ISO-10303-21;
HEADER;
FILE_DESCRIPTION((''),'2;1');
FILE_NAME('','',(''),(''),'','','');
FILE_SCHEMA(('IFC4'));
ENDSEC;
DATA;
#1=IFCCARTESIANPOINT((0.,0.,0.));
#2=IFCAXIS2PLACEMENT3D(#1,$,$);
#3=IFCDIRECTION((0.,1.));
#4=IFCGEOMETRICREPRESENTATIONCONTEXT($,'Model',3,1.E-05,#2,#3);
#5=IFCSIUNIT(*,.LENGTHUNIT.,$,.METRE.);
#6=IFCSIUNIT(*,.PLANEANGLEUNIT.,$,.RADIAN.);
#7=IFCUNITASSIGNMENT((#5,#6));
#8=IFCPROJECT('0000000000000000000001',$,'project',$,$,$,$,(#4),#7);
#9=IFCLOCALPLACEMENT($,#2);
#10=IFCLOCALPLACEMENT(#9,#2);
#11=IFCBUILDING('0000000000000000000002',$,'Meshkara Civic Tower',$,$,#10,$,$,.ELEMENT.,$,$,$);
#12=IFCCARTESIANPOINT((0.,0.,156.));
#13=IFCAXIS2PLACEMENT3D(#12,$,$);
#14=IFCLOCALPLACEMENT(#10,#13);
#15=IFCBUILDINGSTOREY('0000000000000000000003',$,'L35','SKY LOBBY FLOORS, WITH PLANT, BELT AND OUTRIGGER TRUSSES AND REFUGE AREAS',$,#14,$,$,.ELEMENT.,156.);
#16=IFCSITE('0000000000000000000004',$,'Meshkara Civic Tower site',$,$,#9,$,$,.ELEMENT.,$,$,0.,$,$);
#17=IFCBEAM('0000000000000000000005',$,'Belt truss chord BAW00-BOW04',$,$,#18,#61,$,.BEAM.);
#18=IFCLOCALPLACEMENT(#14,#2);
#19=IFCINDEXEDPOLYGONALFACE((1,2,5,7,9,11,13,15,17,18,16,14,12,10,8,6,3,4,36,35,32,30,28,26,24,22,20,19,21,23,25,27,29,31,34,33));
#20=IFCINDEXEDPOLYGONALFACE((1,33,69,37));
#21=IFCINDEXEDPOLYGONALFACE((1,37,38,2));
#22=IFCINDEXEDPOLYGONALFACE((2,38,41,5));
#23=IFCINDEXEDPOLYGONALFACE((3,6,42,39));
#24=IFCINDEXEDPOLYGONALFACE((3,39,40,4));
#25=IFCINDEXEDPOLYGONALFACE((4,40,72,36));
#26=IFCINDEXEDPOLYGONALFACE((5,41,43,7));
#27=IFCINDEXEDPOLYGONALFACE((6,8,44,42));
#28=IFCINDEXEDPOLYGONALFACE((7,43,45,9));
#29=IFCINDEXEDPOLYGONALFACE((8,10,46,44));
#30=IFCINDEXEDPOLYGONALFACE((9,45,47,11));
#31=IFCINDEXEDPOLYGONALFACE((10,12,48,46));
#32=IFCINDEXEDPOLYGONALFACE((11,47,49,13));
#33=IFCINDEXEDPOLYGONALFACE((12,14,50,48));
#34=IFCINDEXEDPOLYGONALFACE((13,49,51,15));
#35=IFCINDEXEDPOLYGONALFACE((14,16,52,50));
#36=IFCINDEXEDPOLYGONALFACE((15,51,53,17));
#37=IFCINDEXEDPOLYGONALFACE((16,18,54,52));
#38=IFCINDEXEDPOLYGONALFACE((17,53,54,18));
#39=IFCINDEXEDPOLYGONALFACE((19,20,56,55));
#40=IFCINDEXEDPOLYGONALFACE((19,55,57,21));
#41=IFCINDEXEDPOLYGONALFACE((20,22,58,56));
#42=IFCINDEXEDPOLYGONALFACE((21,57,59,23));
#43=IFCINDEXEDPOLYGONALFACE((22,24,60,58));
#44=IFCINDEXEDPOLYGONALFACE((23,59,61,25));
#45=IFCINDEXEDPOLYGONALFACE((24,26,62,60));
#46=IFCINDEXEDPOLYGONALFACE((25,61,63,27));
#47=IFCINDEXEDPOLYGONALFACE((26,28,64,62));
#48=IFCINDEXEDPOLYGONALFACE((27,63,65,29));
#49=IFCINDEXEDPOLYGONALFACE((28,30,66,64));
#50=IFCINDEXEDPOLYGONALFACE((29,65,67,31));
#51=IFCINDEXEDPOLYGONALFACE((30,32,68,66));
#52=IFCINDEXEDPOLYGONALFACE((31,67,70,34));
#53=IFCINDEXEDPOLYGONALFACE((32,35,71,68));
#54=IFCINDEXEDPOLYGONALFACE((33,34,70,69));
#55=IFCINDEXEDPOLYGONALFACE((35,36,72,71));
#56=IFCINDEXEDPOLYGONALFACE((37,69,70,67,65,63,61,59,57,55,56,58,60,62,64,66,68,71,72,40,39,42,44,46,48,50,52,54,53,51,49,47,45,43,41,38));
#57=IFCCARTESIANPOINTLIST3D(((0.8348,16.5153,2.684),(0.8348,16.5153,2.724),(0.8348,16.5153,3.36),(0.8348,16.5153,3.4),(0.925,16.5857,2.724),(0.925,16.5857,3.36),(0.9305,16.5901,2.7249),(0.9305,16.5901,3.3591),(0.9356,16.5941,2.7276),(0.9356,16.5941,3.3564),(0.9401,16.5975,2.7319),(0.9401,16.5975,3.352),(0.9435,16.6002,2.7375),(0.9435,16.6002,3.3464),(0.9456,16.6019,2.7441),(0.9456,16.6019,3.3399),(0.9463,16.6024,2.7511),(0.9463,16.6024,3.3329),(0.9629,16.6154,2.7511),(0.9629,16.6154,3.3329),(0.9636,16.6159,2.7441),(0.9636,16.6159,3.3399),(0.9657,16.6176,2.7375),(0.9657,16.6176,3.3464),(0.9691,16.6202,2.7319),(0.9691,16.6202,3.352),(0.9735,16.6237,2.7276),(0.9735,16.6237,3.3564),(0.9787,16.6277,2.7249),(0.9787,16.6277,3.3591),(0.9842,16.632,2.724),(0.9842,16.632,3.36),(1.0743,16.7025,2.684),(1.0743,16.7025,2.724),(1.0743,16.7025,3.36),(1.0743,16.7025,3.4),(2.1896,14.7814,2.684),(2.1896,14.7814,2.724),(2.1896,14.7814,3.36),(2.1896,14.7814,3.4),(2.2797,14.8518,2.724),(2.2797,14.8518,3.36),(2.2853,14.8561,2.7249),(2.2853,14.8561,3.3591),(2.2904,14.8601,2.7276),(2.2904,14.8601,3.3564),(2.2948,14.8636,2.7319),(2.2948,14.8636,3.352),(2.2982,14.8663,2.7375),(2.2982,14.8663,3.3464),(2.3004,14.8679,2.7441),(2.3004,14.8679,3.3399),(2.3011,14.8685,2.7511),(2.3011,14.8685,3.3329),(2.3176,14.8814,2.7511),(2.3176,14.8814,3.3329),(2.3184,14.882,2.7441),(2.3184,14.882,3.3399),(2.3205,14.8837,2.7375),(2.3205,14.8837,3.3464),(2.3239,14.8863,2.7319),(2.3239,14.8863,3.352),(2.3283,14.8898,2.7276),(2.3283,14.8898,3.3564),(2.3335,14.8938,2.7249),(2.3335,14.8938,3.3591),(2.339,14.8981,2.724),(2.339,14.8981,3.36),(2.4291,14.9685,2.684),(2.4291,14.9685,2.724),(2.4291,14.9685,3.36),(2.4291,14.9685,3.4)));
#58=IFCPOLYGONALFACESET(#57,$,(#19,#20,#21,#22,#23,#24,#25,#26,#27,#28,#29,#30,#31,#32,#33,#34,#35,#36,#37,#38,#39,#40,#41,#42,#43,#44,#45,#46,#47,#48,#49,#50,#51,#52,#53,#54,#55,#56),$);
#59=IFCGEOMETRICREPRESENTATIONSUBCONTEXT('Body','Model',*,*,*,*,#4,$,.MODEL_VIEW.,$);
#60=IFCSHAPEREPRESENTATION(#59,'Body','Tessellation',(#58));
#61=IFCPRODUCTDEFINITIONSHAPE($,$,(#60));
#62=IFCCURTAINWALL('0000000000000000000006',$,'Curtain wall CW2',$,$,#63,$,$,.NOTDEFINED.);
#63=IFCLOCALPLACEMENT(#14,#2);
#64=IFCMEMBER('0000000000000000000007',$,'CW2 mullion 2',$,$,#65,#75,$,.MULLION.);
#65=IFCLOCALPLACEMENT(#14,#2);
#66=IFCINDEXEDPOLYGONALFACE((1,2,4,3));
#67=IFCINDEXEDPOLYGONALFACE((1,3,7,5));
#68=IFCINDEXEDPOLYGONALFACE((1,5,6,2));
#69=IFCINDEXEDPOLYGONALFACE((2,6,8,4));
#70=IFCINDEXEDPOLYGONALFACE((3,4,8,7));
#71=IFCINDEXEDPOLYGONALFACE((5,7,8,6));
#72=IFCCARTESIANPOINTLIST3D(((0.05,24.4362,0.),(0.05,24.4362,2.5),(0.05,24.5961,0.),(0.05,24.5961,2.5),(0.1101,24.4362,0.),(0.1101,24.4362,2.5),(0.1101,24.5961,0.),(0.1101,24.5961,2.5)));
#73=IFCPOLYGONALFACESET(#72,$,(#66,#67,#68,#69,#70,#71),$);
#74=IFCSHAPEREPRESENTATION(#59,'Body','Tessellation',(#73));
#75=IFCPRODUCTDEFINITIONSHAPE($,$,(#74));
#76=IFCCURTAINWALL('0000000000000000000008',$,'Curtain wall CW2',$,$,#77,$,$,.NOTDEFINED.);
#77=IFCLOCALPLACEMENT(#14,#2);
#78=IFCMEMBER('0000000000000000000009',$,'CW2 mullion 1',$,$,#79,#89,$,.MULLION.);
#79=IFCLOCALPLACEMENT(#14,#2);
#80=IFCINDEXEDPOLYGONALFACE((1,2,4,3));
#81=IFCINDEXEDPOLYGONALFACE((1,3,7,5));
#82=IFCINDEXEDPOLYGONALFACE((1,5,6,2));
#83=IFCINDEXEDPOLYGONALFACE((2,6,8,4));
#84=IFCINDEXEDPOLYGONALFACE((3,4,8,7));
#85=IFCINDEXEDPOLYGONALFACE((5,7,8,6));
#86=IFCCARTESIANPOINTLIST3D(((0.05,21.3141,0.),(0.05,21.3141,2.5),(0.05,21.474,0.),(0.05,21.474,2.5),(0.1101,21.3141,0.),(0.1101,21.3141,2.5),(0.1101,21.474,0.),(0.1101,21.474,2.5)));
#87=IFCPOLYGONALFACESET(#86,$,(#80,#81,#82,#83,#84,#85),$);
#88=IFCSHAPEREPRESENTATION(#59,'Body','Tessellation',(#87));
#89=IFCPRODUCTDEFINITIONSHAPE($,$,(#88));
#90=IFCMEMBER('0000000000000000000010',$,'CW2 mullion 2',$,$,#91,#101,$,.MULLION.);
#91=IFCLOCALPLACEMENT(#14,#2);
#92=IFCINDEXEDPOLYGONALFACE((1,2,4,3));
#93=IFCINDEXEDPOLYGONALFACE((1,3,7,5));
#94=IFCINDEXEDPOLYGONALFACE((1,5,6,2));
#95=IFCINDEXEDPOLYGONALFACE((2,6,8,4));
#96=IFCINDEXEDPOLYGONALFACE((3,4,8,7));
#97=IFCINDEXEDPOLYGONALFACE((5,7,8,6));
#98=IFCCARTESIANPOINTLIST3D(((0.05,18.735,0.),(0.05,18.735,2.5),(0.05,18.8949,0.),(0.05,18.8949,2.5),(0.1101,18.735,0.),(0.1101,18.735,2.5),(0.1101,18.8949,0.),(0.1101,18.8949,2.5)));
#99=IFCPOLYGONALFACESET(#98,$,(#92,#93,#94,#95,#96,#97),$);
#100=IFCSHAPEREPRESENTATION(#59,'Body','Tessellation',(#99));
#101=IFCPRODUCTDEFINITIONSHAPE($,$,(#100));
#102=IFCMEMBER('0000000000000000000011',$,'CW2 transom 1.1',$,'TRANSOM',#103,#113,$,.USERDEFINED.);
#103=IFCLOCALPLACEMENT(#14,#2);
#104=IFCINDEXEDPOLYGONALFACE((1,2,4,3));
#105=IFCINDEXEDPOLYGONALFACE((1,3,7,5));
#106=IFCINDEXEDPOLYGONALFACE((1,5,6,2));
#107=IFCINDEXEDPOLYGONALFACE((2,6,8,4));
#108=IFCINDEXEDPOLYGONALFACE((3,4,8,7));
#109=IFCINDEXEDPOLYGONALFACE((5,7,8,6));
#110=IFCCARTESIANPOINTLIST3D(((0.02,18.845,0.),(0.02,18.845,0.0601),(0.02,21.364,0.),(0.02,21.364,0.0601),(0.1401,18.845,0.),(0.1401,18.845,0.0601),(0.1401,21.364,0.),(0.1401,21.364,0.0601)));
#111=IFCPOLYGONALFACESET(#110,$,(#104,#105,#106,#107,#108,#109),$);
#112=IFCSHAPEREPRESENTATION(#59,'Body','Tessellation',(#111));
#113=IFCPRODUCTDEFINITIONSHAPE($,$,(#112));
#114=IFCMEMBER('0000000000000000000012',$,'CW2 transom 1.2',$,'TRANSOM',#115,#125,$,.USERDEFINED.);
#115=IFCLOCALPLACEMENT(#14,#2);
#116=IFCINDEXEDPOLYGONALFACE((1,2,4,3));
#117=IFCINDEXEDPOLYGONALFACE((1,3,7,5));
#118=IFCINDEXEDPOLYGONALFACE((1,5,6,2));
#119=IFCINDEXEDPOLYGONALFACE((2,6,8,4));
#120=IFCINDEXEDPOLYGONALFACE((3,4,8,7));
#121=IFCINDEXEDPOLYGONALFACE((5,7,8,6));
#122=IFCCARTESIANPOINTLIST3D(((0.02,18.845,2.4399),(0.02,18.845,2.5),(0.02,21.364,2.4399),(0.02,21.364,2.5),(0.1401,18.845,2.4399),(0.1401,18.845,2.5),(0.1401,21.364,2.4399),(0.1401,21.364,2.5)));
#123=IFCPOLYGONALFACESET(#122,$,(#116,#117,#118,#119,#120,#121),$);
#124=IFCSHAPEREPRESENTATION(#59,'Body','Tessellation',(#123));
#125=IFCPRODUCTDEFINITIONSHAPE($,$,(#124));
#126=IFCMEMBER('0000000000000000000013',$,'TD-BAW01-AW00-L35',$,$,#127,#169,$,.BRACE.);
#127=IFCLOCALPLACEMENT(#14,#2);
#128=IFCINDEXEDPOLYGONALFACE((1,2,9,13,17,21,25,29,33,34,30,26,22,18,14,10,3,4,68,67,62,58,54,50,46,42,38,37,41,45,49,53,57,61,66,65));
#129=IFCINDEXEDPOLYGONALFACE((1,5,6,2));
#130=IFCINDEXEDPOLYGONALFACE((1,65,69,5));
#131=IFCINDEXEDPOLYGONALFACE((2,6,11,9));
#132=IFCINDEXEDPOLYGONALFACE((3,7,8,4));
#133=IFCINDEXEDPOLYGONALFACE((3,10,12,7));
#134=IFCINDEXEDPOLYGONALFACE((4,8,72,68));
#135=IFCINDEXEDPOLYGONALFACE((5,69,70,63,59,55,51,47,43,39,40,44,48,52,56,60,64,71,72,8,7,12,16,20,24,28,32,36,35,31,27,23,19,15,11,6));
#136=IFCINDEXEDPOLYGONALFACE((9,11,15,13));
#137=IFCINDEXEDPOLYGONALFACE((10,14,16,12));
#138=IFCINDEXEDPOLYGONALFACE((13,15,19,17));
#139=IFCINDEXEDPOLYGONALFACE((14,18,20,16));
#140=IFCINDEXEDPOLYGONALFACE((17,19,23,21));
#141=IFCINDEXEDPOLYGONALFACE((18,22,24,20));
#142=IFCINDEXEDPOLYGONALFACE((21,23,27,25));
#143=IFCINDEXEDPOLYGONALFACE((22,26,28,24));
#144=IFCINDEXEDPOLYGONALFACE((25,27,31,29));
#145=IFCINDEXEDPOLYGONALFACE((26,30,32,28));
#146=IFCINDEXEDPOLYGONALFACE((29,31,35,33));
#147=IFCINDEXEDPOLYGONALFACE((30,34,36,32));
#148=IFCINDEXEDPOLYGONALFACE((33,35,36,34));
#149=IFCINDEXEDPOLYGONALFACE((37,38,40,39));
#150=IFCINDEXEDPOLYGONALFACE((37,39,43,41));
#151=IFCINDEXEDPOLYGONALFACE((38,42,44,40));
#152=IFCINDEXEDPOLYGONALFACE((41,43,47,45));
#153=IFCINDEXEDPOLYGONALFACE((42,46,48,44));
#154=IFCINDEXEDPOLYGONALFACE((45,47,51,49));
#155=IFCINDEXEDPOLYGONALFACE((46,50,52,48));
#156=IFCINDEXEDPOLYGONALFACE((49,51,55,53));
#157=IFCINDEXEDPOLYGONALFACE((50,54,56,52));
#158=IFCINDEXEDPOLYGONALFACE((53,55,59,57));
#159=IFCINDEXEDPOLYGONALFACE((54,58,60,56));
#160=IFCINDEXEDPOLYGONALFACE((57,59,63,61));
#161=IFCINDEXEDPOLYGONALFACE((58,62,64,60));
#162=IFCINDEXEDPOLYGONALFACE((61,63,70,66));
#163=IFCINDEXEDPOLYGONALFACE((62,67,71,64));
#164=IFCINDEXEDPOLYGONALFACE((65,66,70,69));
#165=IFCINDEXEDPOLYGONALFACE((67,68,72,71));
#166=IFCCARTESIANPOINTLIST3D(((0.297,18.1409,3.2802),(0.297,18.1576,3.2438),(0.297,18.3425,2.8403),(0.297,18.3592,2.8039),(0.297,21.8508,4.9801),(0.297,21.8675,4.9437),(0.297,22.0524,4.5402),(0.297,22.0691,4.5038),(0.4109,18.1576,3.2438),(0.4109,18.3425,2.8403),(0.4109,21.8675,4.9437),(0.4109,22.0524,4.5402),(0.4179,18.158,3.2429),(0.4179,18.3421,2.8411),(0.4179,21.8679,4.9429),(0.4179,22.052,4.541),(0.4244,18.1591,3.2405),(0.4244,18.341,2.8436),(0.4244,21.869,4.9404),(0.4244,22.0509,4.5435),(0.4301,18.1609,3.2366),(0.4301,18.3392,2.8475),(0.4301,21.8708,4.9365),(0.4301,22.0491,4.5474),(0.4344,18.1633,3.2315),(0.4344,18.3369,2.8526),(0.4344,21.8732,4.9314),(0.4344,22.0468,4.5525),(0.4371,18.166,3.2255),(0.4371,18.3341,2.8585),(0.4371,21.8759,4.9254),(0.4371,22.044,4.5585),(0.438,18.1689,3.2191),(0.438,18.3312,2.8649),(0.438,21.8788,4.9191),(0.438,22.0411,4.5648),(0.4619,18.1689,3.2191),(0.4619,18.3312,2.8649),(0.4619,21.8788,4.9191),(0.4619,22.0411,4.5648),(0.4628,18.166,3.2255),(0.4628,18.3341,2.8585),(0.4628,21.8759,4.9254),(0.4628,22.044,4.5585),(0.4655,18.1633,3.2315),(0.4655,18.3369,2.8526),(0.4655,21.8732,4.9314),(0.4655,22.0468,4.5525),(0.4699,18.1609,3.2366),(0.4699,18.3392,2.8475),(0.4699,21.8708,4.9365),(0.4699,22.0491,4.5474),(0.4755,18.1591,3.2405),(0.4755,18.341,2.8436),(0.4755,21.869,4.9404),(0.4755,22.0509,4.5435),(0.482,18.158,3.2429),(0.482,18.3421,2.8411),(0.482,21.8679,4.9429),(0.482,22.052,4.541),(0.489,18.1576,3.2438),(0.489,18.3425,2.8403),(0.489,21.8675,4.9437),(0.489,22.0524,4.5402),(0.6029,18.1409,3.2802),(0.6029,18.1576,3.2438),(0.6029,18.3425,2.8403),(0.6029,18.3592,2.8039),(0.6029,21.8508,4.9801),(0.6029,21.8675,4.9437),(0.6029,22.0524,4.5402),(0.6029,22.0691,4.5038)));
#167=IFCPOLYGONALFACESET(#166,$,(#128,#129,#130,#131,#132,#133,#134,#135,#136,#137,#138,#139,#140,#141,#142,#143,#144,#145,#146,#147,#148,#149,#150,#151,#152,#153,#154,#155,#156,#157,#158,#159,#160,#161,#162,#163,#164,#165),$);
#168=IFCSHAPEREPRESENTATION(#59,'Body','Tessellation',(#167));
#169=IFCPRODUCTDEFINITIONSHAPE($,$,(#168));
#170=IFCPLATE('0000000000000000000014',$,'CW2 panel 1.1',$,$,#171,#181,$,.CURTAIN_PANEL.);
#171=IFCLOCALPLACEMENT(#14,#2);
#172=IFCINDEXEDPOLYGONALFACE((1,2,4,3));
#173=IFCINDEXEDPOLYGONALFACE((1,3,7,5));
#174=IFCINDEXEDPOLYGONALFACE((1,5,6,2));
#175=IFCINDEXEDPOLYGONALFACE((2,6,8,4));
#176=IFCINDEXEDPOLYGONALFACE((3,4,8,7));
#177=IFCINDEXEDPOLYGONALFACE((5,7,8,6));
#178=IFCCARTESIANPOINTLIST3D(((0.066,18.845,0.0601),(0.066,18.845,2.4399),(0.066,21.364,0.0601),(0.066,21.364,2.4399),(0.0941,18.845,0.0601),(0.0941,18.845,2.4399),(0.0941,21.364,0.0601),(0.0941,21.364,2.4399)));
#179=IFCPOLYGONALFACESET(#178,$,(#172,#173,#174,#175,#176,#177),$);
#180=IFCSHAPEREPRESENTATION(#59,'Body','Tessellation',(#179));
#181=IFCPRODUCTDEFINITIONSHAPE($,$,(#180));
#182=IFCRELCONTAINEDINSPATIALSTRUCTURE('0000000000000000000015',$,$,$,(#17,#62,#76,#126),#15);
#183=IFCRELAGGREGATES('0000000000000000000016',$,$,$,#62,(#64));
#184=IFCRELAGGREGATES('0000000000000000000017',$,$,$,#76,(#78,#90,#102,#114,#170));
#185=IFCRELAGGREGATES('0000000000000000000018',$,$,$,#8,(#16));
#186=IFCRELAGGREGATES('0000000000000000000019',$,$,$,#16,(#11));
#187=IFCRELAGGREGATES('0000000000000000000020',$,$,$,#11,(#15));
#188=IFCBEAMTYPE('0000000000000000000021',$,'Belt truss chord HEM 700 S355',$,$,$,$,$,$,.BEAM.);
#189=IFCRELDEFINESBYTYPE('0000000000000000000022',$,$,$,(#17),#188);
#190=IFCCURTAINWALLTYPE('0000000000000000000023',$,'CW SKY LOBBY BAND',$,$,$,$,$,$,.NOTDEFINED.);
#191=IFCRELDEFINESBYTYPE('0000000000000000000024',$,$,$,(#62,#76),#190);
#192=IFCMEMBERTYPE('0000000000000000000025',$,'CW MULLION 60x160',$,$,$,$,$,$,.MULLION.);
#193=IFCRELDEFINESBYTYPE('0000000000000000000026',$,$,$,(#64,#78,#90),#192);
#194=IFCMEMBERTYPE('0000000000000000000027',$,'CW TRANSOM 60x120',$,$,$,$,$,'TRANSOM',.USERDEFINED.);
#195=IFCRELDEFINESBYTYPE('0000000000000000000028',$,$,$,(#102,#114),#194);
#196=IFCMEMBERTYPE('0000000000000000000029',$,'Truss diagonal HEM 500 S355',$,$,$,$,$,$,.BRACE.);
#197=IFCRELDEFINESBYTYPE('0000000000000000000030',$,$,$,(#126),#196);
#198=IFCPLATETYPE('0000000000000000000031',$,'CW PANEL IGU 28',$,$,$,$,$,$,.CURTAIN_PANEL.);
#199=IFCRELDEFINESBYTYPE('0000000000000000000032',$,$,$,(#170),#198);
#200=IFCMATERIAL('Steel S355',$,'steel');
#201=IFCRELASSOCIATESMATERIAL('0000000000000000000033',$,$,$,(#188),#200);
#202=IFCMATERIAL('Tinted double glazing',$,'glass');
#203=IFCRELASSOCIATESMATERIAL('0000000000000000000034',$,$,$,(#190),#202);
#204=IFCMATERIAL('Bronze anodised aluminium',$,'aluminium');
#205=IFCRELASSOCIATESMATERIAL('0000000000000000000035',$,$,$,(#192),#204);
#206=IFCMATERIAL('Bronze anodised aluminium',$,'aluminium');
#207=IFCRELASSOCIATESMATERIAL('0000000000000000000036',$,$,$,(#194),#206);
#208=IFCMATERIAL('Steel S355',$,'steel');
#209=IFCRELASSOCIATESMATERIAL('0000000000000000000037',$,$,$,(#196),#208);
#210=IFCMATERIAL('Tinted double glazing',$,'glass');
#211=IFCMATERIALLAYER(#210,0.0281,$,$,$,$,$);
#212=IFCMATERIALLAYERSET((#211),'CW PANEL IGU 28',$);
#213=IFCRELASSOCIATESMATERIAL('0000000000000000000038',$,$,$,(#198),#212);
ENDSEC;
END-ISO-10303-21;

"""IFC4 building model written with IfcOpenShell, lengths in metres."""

from ifc_helpers import new_model, si_unit, direction, frame, origin, origin_2d, place, context, subcontext, project, spatial, rectangle, i_section, extrude, material, layer, layer_set, material_profile, profile_set, type_object, element, aggregate, save


model = new_model("IFC4")

# Units and contexts
model_context = context("Model", 3, precision=1e-05, world=origin(), true_north=direction((0.0, 1.0)))
body_context = subcontext(model_context, "Body", "Model", "MODEL_VIEW")
ifc_project = project(units=[si_unit("LENGTHUNIT", "METRE"), si_unit("PLANEANGLEUNIT", "RADIAN")], contexts=[model_context])

# Site, building, storey
site_placement = place(None, origin())
site = spatial("IfcSite", under=ifc_project, at=site_placement, Name="Meshkara Civic Tower site", CompositionType="ELEMENT", RefElevation=0.0)
building_placement = place(site_placement, origin())
building = spatial("IfcBuilding", under=site, at=building_placement, Name="Meshkara Civic Tower", CompositionType="ELEMENT")
storey_placement = place(building_placement, frame((0.0, 0.0, 156.0)))
storey = spatial("IfcBuildingStorey", under=building, at=storey_placement, Name="L35", Description="SKY LOBBY FLOORS, WITH PLANT, BELT AND OUTRIGGER TRUSSES AND REFUGE AREAS", CompositionType="ELEMENT", Elevation=156.0)

# Beam
ifc_material_1 = material(Name="Steel S355", Category="steel")
ifc_material_profile_1 = material_profile(ifc_material_1, i_section(OverallWidth=0.304, OverallDepth=0.7161, WebThickness=0.021, FlangeThickness=0.04, FilletRadius=0.0271, at=origin_2d()))
ifc_profile_set_1 = profile_set([ifc_material_profile_1], Name="Steel S355")
beam_type = type_object("IfcBeamType", Name="Belt truss chord HEM 700 S355", PredefinedType="BEAM", material=ifc_profile_set_1)
for number, where, z_axis, x_axis, name in (
    (1, (0.9546, 16.6089, 3.042), (0.615683, -0.787994, 0.0), (0.787994, 0.615683, 0.0), "Belt truss chord BAW00-BOW04"),
):
    element("IfcBeam", number, at=place(storey_placement, frame(where, z_axis=z_axis, x_axis=x_axis)), inside=storey, type_object=beam_type, Name=name, PredefinedType="BEAM", context=body_context, shape_type="SweptSolid", body=[
        extrude(i_section(OverallWidth=0.304, OverallDepth=0.7161, WebThickness=0.021, FlangeThickness=0.04, FilletRadius=0.0271, at=origin_2d()), origin(), (0.0, 0.0, 1.0), 2.2004),
    ])

# Curtain wall, member
ifc_material_2 = material(Name="Tinted double glazing", Category="glass")
curtain_wall_type = type_object("IfcCurtainWallType", Name="CW SKY LOBBY BAND", PredefinedType="NOTDEFINED", material=ifc_material_2)
curtain_wall_1_placement = place(storey_placement, origin())
curtain_wall_1 = element("IfcCurtainWall", 2, at=curtain_wall_1_placement, inside=storey, type_object=curtain_wall_type, Name="Curtain wall CW2", PredefinedType="NOTDEFINED")
ifc_material_3 = material(Name="Bronze anodised aluminium", Category="aluminium")
ifc_material_profile_2 = material_profile(ifc_material_3, rectangle(XDim=0.0601, YDim=0.1599, at=origin_2d()))
ifc_profile_set_2 = profile_set([ifc_material_profile_2], Name="Bronze anodised aluminium")
member_type_1 = type_object("IfcMemberType", Name="CW MULLION 60x160", PredefinedType="MULLION", material=ifc_profile_set_2)
member_1_placement = place(storey_placement, frame((0.0801, 24.5161, 0.0), z_axis=(0.0, 0.0, 1.0), x_axis=(1.0, 0.0, 0.0)))
member_1 = element("IfcMember", 3, at=member_1_placement, type_object=member_type_1, Name="CW2 mullion 2", PredefinedType="MULLION", context=body_context, shape_type="SweptSolid", body=[
    extrude(rectangle(XDim=0.0601, YDim=0.1599, at=origin_2d()), origin(), (0.0, 0.0, 1.0), 2.5),
])
aggregate(curtain_wall_1, [member_1])

# Curtain wall, members
curtain_wall_2_placement = place(storey_placement, origin())
curtain_wall_2 = element("IfcCurtainWall", 4, at=curtain_wall_2_placement, inside=storey, type_object=curtain_wall_type, Name="Curtain wall CW2", PredefinedType="NOTDEFINED")
member_2_placement = place(storey_placement, frame((0.0801, 21.394, 0.0), z_axis=(0.0, 0.0, 1.0), x_axis=(1.0, 0.0, 0.0)))
member_2 = element("IfcMember", 5, at=member_2_placement, type_object=member_type_1, Name="CW2 mullion 1", PredefinedType="MULLION", context=body_context, shape_type="SweptSolid", body=[
    extrude(rectangle(XDim=0.0601, YDim=0.1599, at=origin_2d()), origin(), (0.0, 0.0, 1.0), 2.5),
])
member_3_placement = place(storey_placement, frame((0.0801, 18.8149, 0.0), z_axis=(0.0, 0.0, 1.0), x_axis=(1.0, 0.0, 0.0)))
member_3 = element("IfcMember", 6, at=member_3_placement, type_object=member_type_1, Name="CW2 mullion 2", PredefinedType="MULLION", context=body_context, shape_type="SweptSolid", body=[
    extrude(rectangle(XDim=0.0601, YDim=0.1599, at=origin_2d()), origin(), (0.0, 0.0, 1.0), 2.5),
])
ifc_material_4 = material(Name="Bronze anodised aluminium", Category="aluminium")
ifc_material_profile_3 = material_profile(ifc_material_4, rectangle(XDim=0.1201, YDim=0.0601, at=origin_2d()))
ifc_profile_set_3 = profile_set([ifc_material_profile_3], Name="Bronze anodised aluminium")
member_type_2 = type_object("IfcMemberType", Name="CW TRANSOM 60x120", ElementType="TRANSOM", PredefinedType="USERDEFINED", material=ifc_profile_set_3)
member_4_placement = place(storey_placement, frame((0.0801, 21.364, 0.03), z_axis=(0.0, -1.0, 0.0), x_axis=(1.0, 0.0, 0.0)))
member_4 = element("IfcMember", 7, at=member_4_placement, type_object=member_type_2, Name="CW2 transom 1.1", ObjectType="TRANSOM", PredefinedType="USERDEFINED", context=body_context, shape_type="SweptSolid", body=[
    extrude(rectangle(XDim=0.1201, YDim=0.0601, at=origin_2d()), origin(), (0.0, 0.0, 1.0), 2.519),
])
member_5_placement = place(storey_placement, frame((0.0801, 21.364, 2.47), z_axis=(0.0, -1.0, 0.0), x_axis=(1.0, 0.0, 0.0)))
member_5 = element("IfcMember", 8, at=member_5_placement, type_object=member_type_2, Name="CW2 transom 1.2", ObjectType="TRANSOM", PredefinedType="USERDEFINED", context=body_context, shape_type="SweptSolid", body=[
    extrude(rectangle(XDim=0.1201, YDim=0.0601, at=origin_2d()), origin(), (0.0, 0.0, 1.0), 2.519),
])

# Member
ifc_material_5 = material(Name="Steel S355", Category="steel")
ifc_material_profile_4 = material_profile(ifc_material_5, i_section(OverallWidth=0.3059, OverallDepth=0.5239, WebThickness=0.0239, FlangeThickness=0.04, FilletRadius=0.0271, at=origin_2d()))
ifc_profile_set_4 = profile_set([ifc_material_profile_4], Name="Steel S355")
member_type_3 = type_object("IfcMemberType", Name="Truss diagonal HEM 500 S355", PredefinedType="BRACE", material=ifc_profile_set_4)
member_6_placement = place(storey_placement, frame((0.45, 21.96, 4.7419), z_axis=(0.0, -0.909106, -0.416564), x_axis=(1.0, 0.0, 0.0)))
element("IfcMember", 9, at=member_6_placement, inside=storey, type_object=member_type_3, Name="TD-BAW01-AW00-L35", PredefinedType="BRACE", context=body_context, shape_type="SweptSolid", body=[
    extrude(i_section(OverallWidth=0.3059, OverallDepth=0.5239, WebThickness=0.0239, FlangeThickness=0.04, FilletRadius=0.0271, at=origin_2d()), origin(), (0.0, 0.0, 1.0), 4.0808),
])

# Plate
ifc_material_6 = material(Name="Tinted double glazing", Category="glass")
ifc_layer_1 = layer(ifc_material_6, 0.0281)
ifc_layer_set_1 = layer_set([ifc_layer_1], Name="CW PANEL IGU 28")
plate_type = type_object("IfcPlateType", Name="CW PANEL IGU 28", PredefinedType="CURTAIN_PANEL", material=ifc_layer_set_1)
plate_placement = place(storey_placement, frame((0.0801, 20.1045, 0.0601), z_axis=(0.0, 0.0, 1.0), x_axis=(0.0, -1.0, 0.0)))
plate = element("IfcPlate", 10, at=plate_placement, type_object=plate_type, Name="CW2 panel 1.1", PredefinedType="CURTAIN_PANEL", context=body_context, shape_type="SweptSolid", body=[
    extrude(rectangle(XDim=2.519, YDim=0.0281, at=origin_2d()), origin(), (0.0, 0.0, 1.0), 2.3799),
])
aggregate(curtain_wall_2, [member_2, member_3, member_4, member_5, plate])

save(model, "model.ifc")
